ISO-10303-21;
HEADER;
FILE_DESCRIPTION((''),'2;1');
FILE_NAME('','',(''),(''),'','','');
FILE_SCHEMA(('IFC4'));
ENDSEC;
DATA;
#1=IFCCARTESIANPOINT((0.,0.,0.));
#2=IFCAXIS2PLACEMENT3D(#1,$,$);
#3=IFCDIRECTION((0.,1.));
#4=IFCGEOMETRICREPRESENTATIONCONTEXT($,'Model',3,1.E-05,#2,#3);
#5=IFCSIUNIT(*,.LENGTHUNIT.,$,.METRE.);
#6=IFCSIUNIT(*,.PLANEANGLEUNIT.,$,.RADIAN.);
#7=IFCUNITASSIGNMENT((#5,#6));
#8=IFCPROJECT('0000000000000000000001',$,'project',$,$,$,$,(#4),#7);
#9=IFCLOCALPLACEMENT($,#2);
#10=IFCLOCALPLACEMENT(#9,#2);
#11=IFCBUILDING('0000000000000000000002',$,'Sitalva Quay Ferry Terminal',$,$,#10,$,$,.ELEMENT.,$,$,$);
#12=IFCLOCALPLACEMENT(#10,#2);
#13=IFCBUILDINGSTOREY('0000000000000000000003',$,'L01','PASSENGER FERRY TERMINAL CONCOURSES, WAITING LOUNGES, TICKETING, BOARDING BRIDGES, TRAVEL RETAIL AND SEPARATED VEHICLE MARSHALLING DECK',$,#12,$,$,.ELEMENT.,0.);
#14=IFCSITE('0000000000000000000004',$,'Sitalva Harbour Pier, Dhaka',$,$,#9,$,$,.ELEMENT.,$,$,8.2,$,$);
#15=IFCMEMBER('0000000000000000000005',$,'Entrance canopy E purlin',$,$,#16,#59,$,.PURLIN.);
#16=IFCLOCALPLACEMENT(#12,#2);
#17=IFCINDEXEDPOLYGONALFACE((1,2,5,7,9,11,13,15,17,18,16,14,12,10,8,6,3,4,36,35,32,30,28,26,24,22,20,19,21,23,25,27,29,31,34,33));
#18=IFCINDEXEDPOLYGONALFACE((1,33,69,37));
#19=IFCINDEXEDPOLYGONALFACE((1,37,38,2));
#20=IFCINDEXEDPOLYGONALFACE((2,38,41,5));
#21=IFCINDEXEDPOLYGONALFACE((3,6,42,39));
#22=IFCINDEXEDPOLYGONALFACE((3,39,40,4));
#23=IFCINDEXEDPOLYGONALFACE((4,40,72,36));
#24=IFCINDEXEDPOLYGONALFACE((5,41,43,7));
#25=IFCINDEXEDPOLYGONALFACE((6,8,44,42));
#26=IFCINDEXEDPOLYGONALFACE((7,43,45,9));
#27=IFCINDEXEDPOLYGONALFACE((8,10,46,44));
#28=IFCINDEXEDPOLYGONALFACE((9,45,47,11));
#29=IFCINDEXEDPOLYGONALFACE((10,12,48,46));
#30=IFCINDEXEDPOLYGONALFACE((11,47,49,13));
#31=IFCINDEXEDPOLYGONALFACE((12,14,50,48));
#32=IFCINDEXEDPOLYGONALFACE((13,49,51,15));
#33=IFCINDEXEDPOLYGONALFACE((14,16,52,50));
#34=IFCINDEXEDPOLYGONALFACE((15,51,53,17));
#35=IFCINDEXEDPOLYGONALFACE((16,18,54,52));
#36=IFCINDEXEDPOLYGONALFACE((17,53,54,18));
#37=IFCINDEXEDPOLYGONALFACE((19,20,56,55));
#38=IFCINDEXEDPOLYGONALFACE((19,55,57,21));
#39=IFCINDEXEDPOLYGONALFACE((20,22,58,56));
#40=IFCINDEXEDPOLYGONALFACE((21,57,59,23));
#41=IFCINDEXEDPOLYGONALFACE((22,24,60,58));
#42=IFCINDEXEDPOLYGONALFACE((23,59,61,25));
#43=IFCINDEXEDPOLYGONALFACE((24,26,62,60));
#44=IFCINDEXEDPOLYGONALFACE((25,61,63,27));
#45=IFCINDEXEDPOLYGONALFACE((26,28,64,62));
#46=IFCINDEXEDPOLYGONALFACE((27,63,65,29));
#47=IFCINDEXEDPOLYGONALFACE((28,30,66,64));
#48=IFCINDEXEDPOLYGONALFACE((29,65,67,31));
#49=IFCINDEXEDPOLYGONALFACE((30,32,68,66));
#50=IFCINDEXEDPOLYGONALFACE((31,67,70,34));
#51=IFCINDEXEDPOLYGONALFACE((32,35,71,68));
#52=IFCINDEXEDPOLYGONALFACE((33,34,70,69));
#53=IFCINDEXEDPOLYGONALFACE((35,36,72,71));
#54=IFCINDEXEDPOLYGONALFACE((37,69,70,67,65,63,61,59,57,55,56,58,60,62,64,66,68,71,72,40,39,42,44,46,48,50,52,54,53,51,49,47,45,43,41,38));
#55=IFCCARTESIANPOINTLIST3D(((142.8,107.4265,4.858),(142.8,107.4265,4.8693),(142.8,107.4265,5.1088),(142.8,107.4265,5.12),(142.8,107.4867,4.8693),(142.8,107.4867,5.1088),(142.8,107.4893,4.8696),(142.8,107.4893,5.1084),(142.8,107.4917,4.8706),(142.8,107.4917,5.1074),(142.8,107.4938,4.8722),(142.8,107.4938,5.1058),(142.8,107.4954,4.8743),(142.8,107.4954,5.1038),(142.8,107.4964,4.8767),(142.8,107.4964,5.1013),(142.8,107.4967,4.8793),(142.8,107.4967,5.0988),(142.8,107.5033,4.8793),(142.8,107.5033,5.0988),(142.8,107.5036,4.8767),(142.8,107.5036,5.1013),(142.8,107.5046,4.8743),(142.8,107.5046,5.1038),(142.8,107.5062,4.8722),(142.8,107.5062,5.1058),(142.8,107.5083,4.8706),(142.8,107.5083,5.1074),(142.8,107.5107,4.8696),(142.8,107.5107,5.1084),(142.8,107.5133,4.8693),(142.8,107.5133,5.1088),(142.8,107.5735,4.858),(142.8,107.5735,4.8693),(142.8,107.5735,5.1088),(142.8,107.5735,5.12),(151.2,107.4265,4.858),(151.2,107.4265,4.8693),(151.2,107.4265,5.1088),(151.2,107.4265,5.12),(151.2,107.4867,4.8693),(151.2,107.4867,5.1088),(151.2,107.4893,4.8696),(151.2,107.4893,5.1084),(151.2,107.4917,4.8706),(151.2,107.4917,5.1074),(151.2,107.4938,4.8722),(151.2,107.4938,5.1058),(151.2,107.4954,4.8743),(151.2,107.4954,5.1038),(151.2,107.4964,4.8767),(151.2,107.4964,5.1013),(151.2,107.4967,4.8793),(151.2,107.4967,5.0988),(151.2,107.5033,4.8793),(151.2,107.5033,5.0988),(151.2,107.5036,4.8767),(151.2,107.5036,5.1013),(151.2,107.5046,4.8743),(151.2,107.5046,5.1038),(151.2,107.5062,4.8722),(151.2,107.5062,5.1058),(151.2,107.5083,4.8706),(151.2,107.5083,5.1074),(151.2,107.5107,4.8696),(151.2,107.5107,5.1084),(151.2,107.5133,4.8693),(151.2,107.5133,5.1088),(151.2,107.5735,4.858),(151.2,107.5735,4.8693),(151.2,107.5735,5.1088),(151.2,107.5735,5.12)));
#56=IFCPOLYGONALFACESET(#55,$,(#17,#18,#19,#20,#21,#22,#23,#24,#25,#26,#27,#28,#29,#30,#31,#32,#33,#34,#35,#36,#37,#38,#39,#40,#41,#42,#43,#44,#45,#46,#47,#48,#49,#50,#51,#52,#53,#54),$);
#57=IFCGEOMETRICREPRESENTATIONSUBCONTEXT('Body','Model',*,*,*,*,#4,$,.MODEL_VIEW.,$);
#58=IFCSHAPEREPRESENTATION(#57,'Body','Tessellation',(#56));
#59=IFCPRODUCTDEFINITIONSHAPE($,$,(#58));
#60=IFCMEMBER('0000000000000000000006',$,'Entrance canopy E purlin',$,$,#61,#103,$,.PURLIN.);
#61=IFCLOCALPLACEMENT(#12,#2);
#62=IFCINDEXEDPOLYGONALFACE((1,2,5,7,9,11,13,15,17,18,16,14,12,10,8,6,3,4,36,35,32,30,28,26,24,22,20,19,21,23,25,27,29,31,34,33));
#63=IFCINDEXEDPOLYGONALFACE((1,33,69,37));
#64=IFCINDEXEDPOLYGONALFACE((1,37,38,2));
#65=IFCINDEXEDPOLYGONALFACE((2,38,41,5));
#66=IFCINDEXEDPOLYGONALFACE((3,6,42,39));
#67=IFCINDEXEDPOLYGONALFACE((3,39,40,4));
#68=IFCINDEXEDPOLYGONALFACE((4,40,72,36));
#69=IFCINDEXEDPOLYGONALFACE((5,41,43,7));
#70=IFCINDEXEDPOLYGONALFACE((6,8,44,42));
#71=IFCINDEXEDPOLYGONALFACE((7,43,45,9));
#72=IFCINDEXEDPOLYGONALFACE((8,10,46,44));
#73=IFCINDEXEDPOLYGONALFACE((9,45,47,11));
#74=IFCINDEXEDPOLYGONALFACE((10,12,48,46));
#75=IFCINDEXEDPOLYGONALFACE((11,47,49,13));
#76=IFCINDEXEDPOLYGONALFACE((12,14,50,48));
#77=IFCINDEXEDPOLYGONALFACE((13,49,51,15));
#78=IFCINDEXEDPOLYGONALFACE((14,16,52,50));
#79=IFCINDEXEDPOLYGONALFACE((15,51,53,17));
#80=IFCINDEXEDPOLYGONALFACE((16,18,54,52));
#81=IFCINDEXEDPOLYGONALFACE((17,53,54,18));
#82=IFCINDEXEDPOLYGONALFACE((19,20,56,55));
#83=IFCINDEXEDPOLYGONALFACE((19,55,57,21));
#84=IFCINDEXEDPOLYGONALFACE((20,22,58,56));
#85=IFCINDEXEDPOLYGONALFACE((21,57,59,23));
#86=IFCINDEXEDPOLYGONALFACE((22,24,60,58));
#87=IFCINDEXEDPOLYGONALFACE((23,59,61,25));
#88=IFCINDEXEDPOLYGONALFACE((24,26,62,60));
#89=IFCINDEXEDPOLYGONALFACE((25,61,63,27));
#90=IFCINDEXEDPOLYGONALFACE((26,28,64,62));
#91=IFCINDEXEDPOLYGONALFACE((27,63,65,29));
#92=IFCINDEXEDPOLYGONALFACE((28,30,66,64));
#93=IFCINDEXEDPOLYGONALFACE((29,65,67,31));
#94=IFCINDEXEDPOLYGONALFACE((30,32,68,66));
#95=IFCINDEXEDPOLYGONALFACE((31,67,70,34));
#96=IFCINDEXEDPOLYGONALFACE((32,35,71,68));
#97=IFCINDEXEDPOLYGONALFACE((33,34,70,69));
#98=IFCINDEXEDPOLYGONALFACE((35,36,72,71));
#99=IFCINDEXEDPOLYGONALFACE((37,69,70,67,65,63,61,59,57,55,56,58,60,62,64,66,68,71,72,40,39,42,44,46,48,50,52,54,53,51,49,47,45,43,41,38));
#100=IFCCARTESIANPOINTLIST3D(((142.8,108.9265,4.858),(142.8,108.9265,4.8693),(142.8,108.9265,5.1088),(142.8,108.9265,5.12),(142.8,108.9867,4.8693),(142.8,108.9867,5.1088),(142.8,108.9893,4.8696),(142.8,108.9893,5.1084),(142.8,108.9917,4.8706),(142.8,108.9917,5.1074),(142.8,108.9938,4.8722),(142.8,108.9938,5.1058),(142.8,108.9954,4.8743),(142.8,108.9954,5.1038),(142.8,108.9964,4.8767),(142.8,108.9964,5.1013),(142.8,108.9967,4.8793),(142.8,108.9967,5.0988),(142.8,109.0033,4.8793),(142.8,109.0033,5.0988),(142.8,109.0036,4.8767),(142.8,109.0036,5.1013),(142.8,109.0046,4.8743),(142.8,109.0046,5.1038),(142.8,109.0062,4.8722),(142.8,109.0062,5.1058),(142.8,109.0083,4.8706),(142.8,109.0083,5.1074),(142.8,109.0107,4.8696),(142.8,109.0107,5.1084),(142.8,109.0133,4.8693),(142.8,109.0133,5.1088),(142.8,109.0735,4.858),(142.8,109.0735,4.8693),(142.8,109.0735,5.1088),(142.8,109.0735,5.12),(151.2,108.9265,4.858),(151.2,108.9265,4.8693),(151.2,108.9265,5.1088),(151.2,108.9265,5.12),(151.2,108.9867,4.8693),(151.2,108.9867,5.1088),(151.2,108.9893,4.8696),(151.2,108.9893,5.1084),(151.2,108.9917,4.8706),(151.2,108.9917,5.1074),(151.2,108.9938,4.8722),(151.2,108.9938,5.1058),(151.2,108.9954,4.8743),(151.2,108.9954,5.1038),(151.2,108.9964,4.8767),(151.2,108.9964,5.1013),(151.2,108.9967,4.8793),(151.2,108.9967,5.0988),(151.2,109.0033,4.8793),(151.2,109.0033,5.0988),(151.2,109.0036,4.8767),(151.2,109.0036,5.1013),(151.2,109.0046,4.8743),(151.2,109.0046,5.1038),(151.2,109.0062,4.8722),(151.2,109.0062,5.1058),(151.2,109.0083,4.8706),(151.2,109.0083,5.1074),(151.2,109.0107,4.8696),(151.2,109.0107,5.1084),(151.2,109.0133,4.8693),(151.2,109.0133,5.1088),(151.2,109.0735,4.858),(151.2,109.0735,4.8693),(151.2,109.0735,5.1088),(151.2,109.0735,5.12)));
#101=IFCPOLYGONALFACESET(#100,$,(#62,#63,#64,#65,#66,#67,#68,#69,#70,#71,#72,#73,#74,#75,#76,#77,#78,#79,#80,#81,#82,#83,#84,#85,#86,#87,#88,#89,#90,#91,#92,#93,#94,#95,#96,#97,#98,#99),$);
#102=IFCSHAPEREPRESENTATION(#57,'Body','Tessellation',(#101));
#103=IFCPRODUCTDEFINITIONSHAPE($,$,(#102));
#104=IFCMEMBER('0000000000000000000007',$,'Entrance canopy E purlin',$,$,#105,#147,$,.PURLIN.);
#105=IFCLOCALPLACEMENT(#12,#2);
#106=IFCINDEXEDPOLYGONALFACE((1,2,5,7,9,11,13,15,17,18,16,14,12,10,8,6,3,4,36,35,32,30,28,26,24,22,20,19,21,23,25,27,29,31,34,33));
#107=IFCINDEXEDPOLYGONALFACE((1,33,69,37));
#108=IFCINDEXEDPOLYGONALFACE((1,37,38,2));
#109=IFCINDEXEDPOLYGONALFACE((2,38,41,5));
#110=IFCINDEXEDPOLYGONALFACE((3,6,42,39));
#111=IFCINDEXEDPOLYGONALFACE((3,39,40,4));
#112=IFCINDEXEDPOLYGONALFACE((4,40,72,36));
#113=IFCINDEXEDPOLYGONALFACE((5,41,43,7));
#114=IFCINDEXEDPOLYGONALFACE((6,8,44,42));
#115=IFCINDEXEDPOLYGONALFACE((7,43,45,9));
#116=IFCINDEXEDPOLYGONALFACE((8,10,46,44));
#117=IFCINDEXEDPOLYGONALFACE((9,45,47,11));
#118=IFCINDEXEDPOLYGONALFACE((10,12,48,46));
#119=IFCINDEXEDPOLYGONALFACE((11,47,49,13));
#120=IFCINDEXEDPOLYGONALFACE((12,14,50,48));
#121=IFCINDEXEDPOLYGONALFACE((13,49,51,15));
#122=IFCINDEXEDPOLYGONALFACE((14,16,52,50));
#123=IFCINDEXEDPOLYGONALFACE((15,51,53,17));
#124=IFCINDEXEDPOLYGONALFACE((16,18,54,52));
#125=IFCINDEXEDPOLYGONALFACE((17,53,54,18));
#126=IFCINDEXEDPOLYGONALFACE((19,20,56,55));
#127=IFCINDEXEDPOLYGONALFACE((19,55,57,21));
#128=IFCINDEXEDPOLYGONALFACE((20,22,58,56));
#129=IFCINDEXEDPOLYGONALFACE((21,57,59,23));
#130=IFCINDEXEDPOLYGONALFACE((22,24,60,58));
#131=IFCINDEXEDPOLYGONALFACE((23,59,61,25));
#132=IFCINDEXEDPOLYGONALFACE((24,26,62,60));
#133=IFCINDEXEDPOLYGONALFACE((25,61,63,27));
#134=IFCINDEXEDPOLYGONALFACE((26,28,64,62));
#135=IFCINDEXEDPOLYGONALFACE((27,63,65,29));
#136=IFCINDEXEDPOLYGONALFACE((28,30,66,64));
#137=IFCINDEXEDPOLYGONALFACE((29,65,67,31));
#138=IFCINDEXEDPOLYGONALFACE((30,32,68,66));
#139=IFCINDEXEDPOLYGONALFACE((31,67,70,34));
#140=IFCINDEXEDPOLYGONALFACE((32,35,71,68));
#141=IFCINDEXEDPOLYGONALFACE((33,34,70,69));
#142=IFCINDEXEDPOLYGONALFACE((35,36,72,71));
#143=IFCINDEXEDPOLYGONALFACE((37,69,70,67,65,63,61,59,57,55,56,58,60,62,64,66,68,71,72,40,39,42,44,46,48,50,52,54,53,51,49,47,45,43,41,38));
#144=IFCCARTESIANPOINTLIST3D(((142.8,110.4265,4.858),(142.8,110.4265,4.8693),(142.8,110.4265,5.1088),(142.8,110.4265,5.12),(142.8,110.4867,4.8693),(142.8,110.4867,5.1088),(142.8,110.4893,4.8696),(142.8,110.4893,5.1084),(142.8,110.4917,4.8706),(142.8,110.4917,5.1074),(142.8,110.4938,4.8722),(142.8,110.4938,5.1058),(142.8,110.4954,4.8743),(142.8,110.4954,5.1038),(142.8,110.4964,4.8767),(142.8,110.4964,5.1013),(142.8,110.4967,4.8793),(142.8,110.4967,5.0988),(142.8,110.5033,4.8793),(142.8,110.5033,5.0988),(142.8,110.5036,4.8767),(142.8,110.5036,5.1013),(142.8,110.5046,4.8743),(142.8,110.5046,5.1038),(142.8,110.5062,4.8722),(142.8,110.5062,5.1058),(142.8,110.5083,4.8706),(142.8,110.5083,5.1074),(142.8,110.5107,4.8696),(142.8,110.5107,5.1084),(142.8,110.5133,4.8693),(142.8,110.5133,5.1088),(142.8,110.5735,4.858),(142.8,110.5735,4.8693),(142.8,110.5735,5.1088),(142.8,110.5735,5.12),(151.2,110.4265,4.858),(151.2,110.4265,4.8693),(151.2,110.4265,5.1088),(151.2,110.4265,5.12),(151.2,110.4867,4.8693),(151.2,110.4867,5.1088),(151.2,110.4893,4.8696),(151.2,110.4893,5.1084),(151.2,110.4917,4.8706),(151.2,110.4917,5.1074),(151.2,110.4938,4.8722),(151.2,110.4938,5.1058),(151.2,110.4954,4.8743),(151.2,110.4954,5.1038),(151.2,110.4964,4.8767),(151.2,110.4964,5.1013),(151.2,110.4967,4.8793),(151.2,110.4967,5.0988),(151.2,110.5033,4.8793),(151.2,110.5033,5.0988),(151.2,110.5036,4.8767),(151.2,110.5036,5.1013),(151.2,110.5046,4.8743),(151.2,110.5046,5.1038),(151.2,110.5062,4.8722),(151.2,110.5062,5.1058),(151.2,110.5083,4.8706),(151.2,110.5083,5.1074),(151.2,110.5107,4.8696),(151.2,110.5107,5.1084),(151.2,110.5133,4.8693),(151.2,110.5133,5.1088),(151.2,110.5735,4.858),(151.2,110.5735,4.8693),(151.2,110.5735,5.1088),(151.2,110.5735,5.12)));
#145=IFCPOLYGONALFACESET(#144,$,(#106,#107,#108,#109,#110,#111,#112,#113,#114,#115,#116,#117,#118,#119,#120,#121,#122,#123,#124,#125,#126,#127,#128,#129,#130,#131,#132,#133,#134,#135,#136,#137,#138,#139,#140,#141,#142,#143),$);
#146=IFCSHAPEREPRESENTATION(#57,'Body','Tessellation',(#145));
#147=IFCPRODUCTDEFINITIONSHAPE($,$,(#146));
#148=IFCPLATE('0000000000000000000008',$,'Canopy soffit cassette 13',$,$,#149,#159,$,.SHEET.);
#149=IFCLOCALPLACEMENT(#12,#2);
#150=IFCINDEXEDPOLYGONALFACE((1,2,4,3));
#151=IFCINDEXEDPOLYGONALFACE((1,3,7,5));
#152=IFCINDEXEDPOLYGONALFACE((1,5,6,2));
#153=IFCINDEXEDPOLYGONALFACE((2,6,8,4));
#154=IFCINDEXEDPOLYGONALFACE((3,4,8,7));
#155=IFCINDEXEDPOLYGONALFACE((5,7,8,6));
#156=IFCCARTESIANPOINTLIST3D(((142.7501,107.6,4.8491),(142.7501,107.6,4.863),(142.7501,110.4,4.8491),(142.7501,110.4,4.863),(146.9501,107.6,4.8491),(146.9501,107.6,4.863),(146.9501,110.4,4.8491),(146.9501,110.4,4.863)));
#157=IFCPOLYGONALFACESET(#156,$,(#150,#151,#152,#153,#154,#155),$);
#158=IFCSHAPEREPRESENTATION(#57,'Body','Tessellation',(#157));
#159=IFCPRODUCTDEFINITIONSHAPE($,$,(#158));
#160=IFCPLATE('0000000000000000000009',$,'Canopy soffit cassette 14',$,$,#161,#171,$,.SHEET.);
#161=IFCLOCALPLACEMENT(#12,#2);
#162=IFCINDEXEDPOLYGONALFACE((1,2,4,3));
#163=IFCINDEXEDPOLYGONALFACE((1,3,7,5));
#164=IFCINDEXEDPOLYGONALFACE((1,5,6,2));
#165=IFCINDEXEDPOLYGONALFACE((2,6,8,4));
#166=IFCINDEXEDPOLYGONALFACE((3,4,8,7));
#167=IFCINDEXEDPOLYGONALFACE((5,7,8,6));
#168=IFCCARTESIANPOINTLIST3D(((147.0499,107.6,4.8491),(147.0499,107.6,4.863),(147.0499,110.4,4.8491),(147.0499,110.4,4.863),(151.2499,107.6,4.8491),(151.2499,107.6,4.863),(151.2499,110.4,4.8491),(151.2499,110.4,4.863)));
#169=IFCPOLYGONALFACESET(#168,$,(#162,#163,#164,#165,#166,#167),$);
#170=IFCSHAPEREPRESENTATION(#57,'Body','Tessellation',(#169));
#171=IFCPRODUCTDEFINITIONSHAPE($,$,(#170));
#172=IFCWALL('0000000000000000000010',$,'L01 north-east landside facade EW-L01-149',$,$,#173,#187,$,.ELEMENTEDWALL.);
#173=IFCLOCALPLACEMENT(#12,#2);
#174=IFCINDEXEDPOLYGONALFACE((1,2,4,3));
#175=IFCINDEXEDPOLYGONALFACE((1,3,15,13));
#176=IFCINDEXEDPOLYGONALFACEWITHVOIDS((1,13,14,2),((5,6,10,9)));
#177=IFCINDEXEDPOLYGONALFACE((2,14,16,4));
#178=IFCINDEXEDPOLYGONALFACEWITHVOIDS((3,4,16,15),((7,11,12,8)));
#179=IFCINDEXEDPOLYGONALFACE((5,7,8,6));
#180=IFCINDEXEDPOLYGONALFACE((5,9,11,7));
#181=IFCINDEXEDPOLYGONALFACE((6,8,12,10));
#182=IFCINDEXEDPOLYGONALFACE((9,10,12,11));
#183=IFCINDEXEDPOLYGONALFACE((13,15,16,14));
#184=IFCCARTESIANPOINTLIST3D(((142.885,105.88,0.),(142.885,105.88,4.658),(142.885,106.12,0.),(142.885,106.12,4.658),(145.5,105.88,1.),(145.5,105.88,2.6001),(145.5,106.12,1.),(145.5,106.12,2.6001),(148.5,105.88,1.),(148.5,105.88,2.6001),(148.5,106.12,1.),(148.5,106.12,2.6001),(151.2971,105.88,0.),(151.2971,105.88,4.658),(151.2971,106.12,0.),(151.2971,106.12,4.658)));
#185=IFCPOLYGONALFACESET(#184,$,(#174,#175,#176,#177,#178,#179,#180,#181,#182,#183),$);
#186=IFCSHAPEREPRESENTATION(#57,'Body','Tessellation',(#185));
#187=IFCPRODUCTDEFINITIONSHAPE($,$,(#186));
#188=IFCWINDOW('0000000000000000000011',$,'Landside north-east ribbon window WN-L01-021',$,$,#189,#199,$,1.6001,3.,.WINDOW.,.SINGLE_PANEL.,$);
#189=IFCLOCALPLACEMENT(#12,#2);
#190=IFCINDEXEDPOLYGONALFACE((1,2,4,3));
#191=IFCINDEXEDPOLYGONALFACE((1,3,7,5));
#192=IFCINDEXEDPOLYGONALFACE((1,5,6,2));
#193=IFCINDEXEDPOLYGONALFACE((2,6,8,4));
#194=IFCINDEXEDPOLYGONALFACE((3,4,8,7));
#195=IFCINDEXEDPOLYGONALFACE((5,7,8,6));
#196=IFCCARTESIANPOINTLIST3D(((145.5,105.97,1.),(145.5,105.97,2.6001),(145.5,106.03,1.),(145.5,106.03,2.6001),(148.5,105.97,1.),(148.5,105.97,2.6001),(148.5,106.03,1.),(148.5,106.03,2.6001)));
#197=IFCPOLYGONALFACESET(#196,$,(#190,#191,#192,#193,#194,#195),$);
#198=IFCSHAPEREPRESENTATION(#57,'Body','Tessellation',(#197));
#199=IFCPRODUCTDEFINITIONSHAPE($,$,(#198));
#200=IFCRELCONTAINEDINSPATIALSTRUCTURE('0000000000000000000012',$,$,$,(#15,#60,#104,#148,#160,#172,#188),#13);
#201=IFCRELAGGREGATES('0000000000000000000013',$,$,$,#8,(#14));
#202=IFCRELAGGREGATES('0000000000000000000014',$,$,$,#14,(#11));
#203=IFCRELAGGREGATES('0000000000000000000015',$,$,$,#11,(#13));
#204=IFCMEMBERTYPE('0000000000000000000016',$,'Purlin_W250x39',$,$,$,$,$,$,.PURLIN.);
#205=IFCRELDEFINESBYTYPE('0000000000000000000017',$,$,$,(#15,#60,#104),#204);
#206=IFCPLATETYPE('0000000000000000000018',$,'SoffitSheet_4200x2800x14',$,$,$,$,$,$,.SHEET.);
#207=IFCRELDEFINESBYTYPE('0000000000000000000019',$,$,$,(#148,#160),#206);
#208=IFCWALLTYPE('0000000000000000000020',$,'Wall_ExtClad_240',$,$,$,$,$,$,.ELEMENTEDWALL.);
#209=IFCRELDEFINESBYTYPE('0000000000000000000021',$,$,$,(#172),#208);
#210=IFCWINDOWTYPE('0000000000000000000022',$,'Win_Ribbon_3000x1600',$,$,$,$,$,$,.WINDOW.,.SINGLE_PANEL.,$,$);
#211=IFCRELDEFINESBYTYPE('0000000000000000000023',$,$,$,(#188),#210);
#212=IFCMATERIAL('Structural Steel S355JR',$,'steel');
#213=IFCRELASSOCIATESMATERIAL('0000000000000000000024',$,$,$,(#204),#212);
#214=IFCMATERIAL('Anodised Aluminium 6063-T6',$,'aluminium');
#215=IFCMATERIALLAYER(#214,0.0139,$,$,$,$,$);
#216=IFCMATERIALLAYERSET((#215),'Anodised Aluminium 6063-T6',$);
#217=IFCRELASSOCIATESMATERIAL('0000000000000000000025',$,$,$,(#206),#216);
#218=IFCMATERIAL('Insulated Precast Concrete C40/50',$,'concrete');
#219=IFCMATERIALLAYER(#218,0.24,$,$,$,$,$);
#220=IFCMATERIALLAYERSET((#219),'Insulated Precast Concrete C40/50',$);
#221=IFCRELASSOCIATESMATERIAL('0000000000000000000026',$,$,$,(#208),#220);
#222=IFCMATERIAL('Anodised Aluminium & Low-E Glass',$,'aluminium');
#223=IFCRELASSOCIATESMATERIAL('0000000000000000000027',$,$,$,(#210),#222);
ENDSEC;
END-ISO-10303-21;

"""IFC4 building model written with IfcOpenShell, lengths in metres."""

from ifc_helpers import new_model, si_unit, direction, frame, frame_2d, origin, origin_2d, place, context, subcontext, project, spatial, rectangle, i_section, extrude, material, layer, layer_set, material_profile, profile_set, type_object, element, fill, save


model = new_model("IFC4")

# Units and contexts
model_context = context("Model", 3, precision=1e-05, world=origin(), true_north=direction((0.0, 1.0)))
body_context = subcontext(model_context, "Body", "Model", "MODEL_VIEW")
ifc_project = project(units=[si_unit("LENGTHUNIT", "METRE"), si_unit("PLANEANGLEUNIT", "RADIAN")], contexts=[model_context])

# Site, building, storey
site_placement = place(None, origin())
site = spatial("IfcSite", under=ifc_project, at=site_placement, Name="Sitalva Harbour Pier, Dhaka", CompositionType="ELEMENT", RefElevation=8.2)
building_placement = place(site_placement, origin())
building = spatial("IfcBuilding", under=site, at=building_placement, Name="Sitalva Quay Ferry Terminal", CompositionType="ELEMENT")
storey_placement = place(building_placement, origin())
storey = spatial("IfcBuildingStorey", under=building, at=storey_placement, Name="L01", Description="PASSENGER FERRY TERMINAL CONCOURSES, WAITING LOUNGES, TICKETING, BOARDING BRIDGES, TRAVEL RETAIL AND SEPARATED VEHICLE MARSHALLING DECK", CompositionType="ELEMENT", Elevation=0.0)

# Members
ifc_material_1 = material(Name="Structural Steel S355JR", Category="steel")
ifc_material_profile_1 = material_profile(ifc_material_1, i_section(OverallWidth=0.147, OverallDepth=0.262, WebThickness=0.0066, FlangeThickness=0.0112, FilletRadius=0.01, at=origin_2d()), Name="W250x39")
ifc_profile_set_1 = profile_set([ifc_material_profile_1], Name="Structural Steel S355JR")
member_type = type_object("IfcMemberType", Name="Purlin_W250x39", PredefinedType="PURLIN", material=ifc_profile_set_1)
for number, where, z_axis, x_axis, name in (
    (1, (142.8, 107.5, 4.989), (1.0, 0.0, 0.0), (0.0, 1.0, 0.0), "Entrance canopy E purlin"),
    (2, (142.8, 109.0, 4.989), (1.0, 0.0, 0.0), (0.0, 1.0, 0.0), "Entrance canopy E purlin"),
    (3, (142.8, 110.5, 4.989), (1.0, 0.0, 0.0), (0.0, 1.0, 0.0), "Entrance canopy E purlin"),
):
    element("IfcMember", number, at=place(storey_placement, frame(where, z_axis=z_axis, x_axis=x_axis)), inside=storey, type_object=member_type, Name=name, PredefinedType="PURLIN", context=body_context, shape_type="SweptSolid", body=[
        extrude(i_section(OverallWidth=0.147, OverallDepth=0.262, WebThickness=0.0066, FlangeThickness=0.0112, FilletRadius=0.01, at=origin_2d()), origin(), (0.0, 0.0, 1.0), 8.3999),
    ])

# Plates
ifc_material_2 = material(Name="Anodised Aluminium 6063-T6", Category="aluminium")
ifc_layer_1 = layer(ifc_material_2, 0.0139)
ifc_layer_set_1 = layer_set([ifc_layer_1], Name="Anodised Aluminium 6063-T6")
plate_type = type_object("IfcPlateType", Name="SoffitSheet_4200x2800x14", PredefinedType="SHEET", material=ifc_layer_set_1)
for number, where, z_axis, x_axis, name in (
    (4, (144.8501, 109.0, 4.8491), (0.0, 0.0, 1.0), (1.0, 0.0, 0.0), "Canopy soffit cassette 13"),
    (5, (149.1499, 109.0, 4.8491), (0.0, 0.0, 1.0), (1.0, 0.0, 0.0), "Canopy soffit cassette 14"),
):
    element("IfcPlate", number, at=place(storey_placement, frame(where, z_axis=z_axis, x_axis=x_axis)), inside=storey, type_object=plate_type, Name=name, PredefinedType="SHEET", context=body_context, shape_type="SweptSolid", body=[
        extrude(rectangle(XDim=4.2, YDim=2.8, at=origin_2d()), origin(), (0.0, 0.0, 1.0), 0.0139),
    ])

# Wall, opening, window
ifc_material_3 = material(Name="Insulated Precast Concrete C40/50", Category="concrete")
ifc_layer_2 = layer(ifc_material_3, 0.24)
ifc_layer_set_2 = layer_set([ifc_layer_2], Name="Insulated Precast Concrete C40/50")
wall_type = type_object("IfcWallType", Name="Wall_ExtClad_240", PredefinedType="ELEMENTEDWALL", material=ifc_layer_set_2)
wall_placement = place(storey_placement, frame((142.885, 106.0, 0.0), z_axis=(0.0, 0.0, 1.0), x_axis=(1.0, 0.0, 0.0)))
wall = element("IfcWall", 6, at=wall_placement, inside=storey, type_object=wall_type, Name="L01 north-east landside facade EW-L01-149", PredefinedType="ELEMENTEDWALL", context=body_context, shape_type="SweptSolid", body=[
    extrude(rectangle(XDim=8.4121, YDim=0.24, at=frame_2d((4.2061, 0.0))), origin(), (0.0, 0.0, 1.0), 4.658),
])
opening_placement = place(wall_placement, frame((2.615, 0.0, 1.0)))
opening = element("IfcOpeningElement", 7, at=opening_placement, cuts=wall, PredefinedType="OPENING", context=body_context, shape_type="SweptSolid", body=[
    extrude(rectangle(XDim=3.0, YDim=1.6001, at=frame_2d((1.5, 0.8))), frame((0.0, 0.1299, 0.0), z_axis=(0.0, -1.0, 0.0), x_axis=(1.0, 0.0, 0.0)), (0.0, 0.0, 1.0), 0.26),
])
ifc_material_4 = material(Name="Anodised Aluminium & Low-E Glass", Category="aluminium")
window_type = type_object("IfcWindowType", Name="Win_Ribbon_3000x1600", PartitioningType="SINGLE_PANEL", PredefinedType="WINDOW", material=ifc_material_4)
window_placement = place(opening_placement, origin())
window = element("IfcWindow", 8, at=window_placement, inside=storey, type_object=window_type, Name="Landside north-east ribbon window WN-L01-021", OverallHeight=1.6001, OverallWidth=3.0, PartitioningType="SINGLE_PANEL", PredefinedType="WINDOW", context=body_context, shape_type="SweptSolid", body=[
    extrude(rectangle(XDim=3.0, YDim=1.6001, at=frame_2d((1.5, 0.8))), frame((0.0, 0.03, 0.0), z_axis=(0.0, -1.0, 0.0), x_axis=(1.0, 0.0, 0.0)), (0.0, 0.0, 1.0), 0.0601),
])
fill(opening, window)

save(model, "model.ifc")
